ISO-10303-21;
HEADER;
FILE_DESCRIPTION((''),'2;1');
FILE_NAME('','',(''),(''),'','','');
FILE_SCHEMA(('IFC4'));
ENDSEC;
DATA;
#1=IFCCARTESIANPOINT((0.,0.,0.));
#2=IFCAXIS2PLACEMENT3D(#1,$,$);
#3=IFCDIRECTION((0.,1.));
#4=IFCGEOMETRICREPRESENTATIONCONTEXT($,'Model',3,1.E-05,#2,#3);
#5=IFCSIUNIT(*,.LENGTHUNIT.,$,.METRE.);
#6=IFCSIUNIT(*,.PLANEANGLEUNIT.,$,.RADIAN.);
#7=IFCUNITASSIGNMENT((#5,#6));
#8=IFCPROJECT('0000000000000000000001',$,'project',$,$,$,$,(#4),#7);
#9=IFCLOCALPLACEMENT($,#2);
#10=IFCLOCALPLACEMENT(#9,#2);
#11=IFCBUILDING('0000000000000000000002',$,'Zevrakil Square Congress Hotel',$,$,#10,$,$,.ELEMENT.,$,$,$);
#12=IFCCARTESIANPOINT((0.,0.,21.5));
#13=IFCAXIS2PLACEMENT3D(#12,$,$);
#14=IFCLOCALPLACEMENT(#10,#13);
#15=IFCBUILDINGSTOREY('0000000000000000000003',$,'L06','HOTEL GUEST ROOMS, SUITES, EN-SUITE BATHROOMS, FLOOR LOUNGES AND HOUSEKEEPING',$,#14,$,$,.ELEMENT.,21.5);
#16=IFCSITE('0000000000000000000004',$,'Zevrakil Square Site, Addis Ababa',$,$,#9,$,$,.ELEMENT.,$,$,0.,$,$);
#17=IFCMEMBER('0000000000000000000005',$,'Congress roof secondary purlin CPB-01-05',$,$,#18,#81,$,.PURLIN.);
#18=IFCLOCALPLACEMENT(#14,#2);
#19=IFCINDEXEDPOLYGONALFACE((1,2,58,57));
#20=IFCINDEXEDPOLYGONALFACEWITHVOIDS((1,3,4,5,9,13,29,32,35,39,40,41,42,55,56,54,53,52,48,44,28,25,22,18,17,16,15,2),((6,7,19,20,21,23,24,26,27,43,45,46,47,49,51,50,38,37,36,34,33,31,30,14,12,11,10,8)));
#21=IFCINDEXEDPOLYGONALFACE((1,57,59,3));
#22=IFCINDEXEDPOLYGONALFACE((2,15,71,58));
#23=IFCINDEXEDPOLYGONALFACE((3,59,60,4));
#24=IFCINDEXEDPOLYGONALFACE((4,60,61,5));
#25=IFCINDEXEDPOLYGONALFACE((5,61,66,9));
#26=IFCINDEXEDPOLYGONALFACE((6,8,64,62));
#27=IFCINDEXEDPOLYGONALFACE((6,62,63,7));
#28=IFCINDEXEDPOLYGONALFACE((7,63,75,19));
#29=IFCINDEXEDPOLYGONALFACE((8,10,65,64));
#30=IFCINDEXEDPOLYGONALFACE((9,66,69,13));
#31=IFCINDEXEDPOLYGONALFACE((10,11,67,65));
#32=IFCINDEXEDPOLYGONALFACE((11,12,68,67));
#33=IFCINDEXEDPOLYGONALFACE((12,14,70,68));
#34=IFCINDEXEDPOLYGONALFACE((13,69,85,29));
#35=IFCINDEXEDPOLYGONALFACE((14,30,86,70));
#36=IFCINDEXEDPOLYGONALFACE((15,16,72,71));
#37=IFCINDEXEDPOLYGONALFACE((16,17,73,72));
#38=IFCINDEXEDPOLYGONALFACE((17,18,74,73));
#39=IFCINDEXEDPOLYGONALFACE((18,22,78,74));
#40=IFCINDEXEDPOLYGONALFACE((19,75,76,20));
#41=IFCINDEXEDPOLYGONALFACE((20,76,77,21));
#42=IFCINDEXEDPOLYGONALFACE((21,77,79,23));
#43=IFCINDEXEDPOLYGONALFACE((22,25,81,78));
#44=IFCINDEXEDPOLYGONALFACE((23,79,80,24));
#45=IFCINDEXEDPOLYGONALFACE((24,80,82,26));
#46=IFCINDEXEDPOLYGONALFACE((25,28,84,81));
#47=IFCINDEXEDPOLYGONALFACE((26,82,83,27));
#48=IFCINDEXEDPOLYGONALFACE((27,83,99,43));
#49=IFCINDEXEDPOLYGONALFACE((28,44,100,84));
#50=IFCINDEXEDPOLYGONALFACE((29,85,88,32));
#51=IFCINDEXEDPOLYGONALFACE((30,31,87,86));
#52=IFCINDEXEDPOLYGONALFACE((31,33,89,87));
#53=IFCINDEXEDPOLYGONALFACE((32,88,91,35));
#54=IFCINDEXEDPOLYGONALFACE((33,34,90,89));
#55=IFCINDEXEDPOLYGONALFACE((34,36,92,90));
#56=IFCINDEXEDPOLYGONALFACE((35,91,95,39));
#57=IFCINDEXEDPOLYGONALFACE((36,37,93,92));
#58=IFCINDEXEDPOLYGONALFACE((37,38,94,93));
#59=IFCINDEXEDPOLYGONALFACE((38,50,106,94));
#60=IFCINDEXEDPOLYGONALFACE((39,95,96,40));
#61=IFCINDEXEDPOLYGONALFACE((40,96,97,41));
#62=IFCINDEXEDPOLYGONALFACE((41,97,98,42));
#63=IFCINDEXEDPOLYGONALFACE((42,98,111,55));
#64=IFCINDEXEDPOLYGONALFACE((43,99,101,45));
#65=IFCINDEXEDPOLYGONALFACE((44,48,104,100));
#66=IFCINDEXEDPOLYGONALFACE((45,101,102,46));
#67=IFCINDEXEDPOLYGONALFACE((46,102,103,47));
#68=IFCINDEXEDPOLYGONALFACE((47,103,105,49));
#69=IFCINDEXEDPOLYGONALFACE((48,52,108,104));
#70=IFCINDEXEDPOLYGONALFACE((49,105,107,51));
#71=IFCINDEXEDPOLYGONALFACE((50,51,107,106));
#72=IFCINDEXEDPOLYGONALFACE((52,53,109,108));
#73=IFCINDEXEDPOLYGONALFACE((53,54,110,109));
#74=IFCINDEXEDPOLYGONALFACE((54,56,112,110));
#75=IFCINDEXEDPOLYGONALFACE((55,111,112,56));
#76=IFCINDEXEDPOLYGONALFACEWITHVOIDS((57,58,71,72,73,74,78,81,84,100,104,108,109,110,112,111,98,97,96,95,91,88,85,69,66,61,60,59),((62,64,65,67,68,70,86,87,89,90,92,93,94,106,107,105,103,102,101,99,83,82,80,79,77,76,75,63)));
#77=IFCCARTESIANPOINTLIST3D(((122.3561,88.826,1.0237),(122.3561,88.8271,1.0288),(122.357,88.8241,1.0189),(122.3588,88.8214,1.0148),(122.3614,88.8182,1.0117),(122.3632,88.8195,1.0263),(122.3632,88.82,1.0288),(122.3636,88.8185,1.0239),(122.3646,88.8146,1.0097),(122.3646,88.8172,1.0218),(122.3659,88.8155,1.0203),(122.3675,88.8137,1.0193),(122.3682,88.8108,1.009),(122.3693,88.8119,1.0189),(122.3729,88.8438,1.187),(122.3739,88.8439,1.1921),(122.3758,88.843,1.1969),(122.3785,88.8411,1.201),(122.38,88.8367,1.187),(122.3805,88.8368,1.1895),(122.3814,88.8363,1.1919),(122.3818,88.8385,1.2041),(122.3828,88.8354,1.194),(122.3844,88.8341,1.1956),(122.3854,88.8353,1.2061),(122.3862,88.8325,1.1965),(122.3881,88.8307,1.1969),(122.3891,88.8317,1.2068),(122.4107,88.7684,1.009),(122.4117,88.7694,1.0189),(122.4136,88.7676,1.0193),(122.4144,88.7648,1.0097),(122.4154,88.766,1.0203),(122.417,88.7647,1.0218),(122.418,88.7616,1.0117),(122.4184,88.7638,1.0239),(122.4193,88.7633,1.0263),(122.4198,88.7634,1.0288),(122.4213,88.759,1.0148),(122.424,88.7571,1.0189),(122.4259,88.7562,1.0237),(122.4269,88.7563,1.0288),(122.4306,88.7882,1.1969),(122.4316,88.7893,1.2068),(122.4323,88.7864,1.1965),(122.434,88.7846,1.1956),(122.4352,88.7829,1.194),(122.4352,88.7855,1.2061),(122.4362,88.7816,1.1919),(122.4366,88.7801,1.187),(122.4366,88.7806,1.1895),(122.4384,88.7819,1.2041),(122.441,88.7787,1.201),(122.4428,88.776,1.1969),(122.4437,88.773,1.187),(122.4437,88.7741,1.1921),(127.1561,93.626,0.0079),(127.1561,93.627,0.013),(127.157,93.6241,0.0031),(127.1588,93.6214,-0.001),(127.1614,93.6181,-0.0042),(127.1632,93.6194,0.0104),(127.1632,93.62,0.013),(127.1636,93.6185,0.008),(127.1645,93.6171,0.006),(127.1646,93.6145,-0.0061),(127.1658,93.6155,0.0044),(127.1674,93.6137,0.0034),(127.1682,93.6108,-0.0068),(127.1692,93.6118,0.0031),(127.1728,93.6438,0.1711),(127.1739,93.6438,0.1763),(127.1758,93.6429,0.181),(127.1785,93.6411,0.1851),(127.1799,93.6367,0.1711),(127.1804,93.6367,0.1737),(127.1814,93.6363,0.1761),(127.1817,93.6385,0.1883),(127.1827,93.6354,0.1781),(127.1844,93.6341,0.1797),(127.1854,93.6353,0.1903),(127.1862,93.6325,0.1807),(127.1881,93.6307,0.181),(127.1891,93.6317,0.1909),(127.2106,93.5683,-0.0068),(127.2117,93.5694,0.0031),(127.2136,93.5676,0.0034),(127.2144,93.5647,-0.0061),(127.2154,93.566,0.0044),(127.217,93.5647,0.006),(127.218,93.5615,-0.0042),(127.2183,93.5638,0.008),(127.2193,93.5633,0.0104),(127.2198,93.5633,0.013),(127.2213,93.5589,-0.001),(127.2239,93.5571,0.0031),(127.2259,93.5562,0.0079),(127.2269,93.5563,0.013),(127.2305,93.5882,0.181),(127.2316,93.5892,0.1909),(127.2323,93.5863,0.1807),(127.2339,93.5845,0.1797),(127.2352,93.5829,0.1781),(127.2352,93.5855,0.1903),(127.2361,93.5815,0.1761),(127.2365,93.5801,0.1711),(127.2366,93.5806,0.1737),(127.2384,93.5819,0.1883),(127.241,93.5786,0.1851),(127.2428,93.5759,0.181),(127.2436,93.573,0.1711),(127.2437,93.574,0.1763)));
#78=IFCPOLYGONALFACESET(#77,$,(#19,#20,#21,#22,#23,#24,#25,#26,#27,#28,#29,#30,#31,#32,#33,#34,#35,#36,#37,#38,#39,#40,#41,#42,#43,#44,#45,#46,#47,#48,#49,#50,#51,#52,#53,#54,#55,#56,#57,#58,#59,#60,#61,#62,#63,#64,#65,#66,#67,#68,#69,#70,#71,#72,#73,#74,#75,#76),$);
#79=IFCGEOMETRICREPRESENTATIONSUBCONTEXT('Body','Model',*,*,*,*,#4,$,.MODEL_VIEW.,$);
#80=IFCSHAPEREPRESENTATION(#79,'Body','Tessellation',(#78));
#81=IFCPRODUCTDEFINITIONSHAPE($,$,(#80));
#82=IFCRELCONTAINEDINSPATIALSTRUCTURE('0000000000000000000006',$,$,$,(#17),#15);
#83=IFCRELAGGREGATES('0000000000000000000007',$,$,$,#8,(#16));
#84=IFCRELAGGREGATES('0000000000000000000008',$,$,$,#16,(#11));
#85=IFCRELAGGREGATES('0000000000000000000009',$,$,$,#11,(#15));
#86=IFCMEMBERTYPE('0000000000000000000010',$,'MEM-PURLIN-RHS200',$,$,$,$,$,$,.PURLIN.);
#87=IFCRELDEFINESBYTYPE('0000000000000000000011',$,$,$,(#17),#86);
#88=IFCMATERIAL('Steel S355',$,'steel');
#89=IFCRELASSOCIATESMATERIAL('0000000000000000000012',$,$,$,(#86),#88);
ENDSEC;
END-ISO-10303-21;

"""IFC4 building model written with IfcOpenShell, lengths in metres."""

from ifc_helpers import new_model, si_unit, direction, frame, origin, origin_2d, place, context, subcontext, project, spatial, hollow_rectangle, extrude, material, material_profile, profile_set, type_object, element, save


model = new_model("IFC4")

# Units and contexts
model_context = context("Model", 3, precision=1e-05, world=origin(), true_north=direction((0.0, 1.0)))
body_context = subcontext(model_context, "Body", "Model", "MODEL_VIEW")
ifc_project = project(units=[si_unit("LENGTHUNIT", "METRE"), si_unit("PLANEANGLEUNIT", "RADIAN")], contexts=[model_context])

# Site, building, storey
site_placement = place(None, origin())
site = spatial("IfcSite", under=ifc_project, at=site_placement, Name="Zevrakil Square Site, Addis Ababa", CompositionType="ELEMENT", RefElevation=0.0)
building_placement = place(site_placement, origin())
building = spatial("IfcBuilding", under=site, at=building_placement, Name="Zevrakil Square Congress Hotel", CompositionType="ELEMENT")
storey_placement = place(building_placement, frame((0.0, 0.0, 21.5)))
storey = spatial("IfcBuildingStorey", under=building, at=storey_placement, Name="L06", Description="HOTEL GUEST ROOMS, SUITES, EN-SUITE BATHROOMS, FLOOR LOUNGES AND HOUSEKEEPING", CompositionType="ELEMENT", Elevation=21.5)

# Member
ifc_material_1 = material(Name="Steel S355", Category="steel")
ifc_material_profile_1 = material_profile(ifc_material_1, hollow_rectangle(XDim=0.1001, YDim=0.2, WallThickness=0.01, InnerFilletRadius=0.01, OuterFilletRadius=0.02, at=origin_2d()), Name="RHS 200x100x10")
ifc_profile_set_1 = profile_set([ifc_material_profile_1], Name="Steel S355")
member_type_1 = type_object("IfcMemberType", Name="MEM-PURLIN-RHS200", PredefinedType="PURLIN", material=ifc_profile_set_1)
member_1_placement = place(storey_placement, frame((122.3999, 88.8, 1.1079), z_axis=(0.699319, 0.699319, -0.148002), x_axis=(-0.707107, 0.707107, 0.0)))
element("IfcMember", 1, at=member_1_placement, inside=storey, type_object=member_type_1, Name="Congress roof secondary purlin CPB-01-05", PredefinedType="PURLIN", context=body_context, shape_type="SweptSolid", body=[
    extrude(hollow_rectangle(XDim=0.1001, YDim=0.2, WallThickness=0.01, InnerFilletRadius=0.01, OuterFilletRadius=0.02, at=origin_2d()), origin(), (0.0, 0.0, 1.0), 6.8638),
])

save(model, "model.ifc")
